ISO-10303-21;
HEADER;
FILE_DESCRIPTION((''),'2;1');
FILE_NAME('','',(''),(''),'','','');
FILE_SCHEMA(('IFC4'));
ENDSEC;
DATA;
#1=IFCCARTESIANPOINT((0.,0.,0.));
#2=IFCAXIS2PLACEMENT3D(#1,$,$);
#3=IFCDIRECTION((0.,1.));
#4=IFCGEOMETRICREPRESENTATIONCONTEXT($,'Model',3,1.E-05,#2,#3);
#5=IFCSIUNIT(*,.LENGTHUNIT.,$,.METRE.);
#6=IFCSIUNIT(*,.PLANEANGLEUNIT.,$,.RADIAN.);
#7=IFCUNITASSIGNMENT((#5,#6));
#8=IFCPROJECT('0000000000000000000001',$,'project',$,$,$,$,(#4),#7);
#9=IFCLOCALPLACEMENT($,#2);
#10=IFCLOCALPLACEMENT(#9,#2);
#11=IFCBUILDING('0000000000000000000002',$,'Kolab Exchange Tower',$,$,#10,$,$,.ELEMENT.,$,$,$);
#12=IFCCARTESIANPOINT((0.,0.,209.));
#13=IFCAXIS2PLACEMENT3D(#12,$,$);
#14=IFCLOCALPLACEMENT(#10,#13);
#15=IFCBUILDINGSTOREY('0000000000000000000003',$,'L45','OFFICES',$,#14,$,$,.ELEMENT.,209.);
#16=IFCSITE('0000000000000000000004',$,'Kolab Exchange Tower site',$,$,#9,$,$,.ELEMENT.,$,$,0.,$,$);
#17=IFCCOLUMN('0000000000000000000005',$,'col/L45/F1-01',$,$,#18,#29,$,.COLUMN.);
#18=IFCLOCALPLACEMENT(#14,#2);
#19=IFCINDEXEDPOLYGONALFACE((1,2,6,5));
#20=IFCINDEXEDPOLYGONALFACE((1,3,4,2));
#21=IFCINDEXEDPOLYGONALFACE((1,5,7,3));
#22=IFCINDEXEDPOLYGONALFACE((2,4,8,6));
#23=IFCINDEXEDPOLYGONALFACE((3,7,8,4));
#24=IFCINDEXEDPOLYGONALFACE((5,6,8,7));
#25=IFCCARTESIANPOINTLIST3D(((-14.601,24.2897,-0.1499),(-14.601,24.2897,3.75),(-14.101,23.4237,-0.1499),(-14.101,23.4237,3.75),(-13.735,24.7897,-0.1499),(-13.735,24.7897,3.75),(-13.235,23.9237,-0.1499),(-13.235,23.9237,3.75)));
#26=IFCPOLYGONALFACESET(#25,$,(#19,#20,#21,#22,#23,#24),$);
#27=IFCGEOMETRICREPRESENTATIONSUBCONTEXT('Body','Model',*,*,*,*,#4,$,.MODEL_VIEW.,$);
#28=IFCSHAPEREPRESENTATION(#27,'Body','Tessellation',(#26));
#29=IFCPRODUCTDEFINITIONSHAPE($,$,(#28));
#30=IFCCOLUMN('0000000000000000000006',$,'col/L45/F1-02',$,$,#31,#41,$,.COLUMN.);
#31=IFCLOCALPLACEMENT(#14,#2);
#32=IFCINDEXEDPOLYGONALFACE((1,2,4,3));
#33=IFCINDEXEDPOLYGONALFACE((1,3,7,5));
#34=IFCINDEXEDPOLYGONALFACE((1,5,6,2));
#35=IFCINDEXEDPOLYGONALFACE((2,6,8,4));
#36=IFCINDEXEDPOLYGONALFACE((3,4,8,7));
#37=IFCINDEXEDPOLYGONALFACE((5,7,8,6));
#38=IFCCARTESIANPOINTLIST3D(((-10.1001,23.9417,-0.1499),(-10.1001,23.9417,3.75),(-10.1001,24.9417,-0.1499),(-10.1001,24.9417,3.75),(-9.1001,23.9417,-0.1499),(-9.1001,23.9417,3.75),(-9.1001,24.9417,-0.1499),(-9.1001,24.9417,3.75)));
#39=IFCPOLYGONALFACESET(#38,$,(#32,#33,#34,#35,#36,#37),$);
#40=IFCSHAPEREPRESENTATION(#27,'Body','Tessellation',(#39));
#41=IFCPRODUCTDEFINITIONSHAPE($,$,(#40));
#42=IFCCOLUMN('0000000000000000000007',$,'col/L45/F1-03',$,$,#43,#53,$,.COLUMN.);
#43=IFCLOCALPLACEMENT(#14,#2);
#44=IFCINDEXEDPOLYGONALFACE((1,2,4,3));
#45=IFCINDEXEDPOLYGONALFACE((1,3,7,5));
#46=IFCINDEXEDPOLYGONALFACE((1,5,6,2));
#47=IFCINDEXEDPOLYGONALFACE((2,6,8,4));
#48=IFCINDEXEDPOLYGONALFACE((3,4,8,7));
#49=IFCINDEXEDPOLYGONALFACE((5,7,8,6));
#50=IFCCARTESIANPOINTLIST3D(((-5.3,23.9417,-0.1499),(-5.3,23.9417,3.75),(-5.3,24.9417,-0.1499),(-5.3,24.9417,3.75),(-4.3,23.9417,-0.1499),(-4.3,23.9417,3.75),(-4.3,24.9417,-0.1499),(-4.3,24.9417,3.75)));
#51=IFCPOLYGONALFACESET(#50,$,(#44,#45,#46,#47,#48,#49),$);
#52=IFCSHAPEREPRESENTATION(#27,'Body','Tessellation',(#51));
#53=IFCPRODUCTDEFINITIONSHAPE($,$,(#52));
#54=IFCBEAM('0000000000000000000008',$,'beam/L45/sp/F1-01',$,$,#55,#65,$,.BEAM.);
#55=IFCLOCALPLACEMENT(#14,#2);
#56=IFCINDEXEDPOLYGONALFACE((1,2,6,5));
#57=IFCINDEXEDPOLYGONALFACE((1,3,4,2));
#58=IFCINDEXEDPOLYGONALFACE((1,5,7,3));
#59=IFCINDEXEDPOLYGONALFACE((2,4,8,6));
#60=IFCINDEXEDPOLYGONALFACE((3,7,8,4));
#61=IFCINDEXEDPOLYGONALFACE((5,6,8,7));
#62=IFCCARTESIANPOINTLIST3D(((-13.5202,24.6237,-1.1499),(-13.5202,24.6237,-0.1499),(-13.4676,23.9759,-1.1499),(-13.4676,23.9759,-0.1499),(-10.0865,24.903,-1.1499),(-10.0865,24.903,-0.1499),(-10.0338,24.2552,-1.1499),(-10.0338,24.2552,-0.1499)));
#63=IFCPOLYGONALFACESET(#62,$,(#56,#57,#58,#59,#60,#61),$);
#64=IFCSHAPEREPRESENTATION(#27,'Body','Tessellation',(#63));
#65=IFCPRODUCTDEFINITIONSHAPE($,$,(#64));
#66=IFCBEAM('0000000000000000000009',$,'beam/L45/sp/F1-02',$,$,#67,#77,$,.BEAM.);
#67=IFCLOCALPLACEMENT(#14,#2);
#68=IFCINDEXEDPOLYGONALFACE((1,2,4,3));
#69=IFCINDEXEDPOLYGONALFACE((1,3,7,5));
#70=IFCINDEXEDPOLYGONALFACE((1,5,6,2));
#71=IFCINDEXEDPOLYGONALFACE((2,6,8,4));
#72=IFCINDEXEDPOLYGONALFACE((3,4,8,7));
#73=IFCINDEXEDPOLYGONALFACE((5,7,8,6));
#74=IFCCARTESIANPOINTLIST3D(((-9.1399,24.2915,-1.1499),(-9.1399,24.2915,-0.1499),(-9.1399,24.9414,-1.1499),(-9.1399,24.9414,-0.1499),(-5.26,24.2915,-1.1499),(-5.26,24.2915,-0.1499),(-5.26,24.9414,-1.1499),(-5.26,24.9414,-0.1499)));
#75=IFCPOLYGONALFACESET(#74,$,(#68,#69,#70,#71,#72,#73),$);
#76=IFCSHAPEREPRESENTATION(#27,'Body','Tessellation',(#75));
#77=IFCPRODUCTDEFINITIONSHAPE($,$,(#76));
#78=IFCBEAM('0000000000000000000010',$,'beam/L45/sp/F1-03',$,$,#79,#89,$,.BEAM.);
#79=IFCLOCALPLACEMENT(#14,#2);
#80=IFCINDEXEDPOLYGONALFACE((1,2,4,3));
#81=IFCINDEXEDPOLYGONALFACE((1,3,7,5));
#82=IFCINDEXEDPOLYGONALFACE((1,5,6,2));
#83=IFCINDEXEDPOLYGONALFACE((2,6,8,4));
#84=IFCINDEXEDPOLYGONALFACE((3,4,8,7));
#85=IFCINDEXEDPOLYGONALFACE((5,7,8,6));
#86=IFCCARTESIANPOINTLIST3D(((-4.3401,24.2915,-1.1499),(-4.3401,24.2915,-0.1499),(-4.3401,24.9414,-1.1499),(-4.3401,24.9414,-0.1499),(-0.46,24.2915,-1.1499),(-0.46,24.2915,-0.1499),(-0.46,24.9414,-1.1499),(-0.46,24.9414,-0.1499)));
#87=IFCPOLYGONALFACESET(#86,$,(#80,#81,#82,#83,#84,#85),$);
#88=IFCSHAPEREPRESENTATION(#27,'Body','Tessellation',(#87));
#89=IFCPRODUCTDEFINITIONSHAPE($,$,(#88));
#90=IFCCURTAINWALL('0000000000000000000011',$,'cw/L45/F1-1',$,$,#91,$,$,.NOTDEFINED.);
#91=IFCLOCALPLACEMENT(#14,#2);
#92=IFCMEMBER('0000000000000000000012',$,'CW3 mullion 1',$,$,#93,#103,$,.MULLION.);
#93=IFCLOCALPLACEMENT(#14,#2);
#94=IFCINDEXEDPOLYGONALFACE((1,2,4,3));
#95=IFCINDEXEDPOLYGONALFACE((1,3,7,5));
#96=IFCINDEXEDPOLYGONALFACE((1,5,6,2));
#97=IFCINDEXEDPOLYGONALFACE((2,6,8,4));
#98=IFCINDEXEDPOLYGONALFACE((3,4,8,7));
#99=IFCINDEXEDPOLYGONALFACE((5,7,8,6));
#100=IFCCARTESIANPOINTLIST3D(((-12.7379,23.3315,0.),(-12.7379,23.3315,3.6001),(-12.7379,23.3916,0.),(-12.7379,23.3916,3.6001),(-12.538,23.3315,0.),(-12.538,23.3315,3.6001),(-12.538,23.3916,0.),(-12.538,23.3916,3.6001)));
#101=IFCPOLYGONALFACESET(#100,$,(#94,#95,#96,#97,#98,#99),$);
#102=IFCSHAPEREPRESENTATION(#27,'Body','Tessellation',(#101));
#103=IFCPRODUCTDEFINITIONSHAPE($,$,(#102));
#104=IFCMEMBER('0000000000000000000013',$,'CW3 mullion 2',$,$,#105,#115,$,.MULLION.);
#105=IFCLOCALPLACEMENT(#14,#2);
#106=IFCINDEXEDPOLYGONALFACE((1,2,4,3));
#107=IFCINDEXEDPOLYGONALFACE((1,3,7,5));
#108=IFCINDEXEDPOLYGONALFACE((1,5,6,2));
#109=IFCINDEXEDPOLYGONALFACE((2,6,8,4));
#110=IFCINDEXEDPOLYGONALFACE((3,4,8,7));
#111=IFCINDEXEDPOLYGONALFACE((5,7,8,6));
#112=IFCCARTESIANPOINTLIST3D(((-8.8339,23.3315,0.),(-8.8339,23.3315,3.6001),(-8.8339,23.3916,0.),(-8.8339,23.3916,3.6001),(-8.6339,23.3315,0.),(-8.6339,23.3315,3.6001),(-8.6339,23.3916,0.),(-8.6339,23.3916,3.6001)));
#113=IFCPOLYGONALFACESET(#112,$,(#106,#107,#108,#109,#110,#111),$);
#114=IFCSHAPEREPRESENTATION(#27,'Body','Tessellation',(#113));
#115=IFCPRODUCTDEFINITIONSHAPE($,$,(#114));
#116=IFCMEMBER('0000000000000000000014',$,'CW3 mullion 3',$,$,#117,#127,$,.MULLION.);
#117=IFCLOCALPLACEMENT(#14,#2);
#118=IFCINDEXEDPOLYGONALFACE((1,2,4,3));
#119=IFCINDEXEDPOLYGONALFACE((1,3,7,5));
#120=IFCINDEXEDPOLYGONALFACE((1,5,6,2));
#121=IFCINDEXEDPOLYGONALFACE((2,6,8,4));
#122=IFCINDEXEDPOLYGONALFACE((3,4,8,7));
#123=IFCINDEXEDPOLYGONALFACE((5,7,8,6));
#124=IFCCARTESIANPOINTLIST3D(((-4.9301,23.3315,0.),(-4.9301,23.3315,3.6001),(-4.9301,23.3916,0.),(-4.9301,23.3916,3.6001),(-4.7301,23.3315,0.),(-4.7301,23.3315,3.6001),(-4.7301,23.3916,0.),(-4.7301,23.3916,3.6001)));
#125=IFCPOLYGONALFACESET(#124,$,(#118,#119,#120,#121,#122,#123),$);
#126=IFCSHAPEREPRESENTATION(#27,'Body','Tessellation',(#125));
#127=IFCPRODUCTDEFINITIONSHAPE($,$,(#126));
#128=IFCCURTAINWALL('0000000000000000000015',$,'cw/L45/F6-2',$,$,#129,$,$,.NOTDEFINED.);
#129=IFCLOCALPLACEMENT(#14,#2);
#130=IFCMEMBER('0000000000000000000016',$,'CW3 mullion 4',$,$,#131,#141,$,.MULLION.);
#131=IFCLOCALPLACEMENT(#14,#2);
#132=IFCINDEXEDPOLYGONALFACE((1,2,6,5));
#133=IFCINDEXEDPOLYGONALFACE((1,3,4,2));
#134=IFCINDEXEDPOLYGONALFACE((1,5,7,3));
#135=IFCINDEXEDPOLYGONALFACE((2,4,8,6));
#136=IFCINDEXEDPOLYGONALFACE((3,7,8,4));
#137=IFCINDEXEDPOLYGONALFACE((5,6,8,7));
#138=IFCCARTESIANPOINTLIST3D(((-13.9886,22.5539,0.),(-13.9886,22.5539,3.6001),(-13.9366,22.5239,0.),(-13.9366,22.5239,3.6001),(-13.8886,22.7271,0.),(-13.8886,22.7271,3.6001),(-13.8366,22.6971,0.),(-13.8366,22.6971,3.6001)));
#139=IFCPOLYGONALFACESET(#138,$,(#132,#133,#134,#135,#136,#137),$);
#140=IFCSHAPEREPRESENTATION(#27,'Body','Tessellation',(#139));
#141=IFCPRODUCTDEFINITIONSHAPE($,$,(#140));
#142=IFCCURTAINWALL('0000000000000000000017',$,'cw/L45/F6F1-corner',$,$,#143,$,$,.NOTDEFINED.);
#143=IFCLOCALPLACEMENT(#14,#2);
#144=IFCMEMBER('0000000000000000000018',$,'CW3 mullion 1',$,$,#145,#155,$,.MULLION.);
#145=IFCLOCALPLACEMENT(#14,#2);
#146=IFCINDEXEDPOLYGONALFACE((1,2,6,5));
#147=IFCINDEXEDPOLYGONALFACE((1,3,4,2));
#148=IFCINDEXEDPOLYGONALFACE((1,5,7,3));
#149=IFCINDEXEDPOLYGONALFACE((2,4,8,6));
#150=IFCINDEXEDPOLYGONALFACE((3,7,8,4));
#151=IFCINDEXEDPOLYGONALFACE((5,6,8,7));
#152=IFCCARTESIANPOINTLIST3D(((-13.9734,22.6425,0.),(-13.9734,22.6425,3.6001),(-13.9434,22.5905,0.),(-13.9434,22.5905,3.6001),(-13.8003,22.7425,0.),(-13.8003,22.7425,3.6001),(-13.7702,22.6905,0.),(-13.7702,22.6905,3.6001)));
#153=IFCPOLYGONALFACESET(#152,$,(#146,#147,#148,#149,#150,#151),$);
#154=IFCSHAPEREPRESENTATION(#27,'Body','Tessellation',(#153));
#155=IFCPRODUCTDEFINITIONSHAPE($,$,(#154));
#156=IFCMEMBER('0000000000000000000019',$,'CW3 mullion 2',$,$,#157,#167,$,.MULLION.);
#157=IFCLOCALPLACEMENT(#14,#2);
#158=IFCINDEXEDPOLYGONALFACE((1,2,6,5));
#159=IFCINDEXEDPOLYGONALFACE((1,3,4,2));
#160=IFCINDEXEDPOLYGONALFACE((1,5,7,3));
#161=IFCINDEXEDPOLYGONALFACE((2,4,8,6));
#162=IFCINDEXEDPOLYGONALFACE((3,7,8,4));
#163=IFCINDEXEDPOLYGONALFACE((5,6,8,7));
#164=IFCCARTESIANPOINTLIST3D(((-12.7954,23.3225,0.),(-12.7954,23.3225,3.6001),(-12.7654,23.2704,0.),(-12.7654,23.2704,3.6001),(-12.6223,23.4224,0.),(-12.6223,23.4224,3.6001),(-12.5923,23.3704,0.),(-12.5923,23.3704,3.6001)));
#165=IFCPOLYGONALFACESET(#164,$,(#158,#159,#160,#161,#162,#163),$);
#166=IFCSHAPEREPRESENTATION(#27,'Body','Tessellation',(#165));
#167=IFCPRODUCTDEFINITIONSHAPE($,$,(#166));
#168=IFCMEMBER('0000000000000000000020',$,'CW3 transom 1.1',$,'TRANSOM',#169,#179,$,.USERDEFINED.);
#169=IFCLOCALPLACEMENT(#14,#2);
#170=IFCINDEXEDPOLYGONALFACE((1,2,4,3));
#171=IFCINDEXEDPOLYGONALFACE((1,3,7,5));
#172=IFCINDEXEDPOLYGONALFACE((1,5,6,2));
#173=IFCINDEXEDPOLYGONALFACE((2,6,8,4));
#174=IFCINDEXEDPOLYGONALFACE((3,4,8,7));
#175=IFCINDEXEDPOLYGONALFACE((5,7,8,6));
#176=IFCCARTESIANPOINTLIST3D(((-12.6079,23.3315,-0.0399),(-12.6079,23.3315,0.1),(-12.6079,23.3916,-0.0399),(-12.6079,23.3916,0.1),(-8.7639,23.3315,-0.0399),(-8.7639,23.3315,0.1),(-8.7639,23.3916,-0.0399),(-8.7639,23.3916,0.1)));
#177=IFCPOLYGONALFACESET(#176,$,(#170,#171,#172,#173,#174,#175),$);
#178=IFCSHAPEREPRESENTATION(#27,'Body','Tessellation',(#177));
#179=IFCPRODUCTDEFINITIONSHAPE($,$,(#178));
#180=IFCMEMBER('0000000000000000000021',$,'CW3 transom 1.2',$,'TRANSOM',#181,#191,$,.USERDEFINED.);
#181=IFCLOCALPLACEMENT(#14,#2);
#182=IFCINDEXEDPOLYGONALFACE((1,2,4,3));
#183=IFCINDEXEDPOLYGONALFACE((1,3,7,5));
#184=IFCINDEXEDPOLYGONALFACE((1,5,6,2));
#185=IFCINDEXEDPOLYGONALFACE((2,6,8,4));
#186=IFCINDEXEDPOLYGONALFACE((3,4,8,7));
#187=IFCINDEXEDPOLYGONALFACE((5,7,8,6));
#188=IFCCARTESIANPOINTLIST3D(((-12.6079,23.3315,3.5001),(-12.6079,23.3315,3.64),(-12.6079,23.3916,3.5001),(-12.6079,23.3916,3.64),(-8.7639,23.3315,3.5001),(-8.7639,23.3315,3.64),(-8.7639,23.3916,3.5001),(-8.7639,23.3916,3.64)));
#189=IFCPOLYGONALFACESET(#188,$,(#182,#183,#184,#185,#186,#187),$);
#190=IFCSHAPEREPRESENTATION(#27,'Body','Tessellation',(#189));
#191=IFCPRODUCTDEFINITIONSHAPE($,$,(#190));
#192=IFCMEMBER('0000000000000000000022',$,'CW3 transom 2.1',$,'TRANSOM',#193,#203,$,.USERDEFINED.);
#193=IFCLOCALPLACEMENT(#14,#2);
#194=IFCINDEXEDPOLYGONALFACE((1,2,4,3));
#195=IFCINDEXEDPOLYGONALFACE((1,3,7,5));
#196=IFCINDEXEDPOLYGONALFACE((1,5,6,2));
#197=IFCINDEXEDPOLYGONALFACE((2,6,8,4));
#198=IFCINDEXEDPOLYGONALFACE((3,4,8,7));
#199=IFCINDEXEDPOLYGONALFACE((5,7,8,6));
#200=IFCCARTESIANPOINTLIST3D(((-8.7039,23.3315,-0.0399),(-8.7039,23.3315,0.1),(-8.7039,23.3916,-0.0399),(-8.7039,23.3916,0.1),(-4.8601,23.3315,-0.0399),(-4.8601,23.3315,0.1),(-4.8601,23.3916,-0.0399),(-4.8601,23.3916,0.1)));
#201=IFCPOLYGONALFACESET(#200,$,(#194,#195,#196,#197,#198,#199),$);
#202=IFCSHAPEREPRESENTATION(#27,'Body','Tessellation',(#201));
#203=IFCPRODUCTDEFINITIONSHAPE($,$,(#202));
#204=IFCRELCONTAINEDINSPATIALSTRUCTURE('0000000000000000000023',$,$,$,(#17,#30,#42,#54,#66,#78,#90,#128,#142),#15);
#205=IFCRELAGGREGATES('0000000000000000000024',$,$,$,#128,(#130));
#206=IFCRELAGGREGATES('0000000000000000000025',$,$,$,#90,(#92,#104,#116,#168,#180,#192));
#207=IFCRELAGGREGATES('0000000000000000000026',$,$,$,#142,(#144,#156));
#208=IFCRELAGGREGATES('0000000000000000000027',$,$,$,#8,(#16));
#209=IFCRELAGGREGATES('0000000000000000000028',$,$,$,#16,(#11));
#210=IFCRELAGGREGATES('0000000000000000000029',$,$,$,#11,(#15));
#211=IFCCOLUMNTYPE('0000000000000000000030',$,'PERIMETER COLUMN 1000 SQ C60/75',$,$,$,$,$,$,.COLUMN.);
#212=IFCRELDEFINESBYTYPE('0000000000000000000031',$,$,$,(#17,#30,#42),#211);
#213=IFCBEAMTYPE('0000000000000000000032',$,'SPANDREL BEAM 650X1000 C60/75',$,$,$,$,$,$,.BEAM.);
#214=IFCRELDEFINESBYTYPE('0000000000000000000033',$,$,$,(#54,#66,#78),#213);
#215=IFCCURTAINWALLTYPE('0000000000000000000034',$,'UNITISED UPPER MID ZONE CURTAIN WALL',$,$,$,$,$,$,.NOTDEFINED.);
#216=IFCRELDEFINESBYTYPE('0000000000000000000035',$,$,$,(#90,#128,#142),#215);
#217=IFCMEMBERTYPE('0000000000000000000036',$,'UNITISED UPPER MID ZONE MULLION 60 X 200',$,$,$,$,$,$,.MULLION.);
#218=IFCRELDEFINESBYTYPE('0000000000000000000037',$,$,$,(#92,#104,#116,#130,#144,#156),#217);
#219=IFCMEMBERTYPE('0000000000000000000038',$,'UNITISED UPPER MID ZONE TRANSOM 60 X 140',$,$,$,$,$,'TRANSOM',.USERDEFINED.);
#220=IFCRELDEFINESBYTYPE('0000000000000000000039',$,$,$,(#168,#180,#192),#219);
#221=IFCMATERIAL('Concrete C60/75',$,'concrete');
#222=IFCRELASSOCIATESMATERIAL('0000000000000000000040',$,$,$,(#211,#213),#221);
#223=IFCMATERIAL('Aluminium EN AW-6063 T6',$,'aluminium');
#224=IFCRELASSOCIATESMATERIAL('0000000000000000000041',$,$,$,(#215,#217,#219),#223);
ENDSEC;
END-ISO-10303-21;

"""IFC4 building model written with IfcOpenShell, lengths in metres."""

from ifc_helpers import new_model, si_unit, direction, frame, origin, origin_2d, place, context, subcontext, project, spatial, rectangle, extrude, material, material_profile, profile_set, type_object, element, aggregate, save


model = new_model("IFC4")

# Units and contexts
model_context = context("Model", 3, precision=1e-05, world=origin(), true_north=direction((0.0, 1.0)))
body_context = subcontext(model_context, "Body", "Model", "MODEL_VIEW")
ifc_project = project(units=[si_unit("LENGTHUNIT", "METRE"), si_unit("PLANEANGLEUNIT", "RADIAN")], contexts=[model_context])

# Site, building, storey
site_placement = place(None, origin())
site = spatial("IfcSite", under=ifc_project, at=site_placement, Name="Kolab Exchange Tower site", CompositionType="ELEMENT", RefElevation=0.0)
building_placement = place(site_placement, origin())
building = spatial("IfcBuilding", under=site, at=building_placement, Name="Kolab Exchange Tower", CompositionType="ELEMENT")
storey_placement = place(building_placement, frame((0.0, 0.0, 209.0)))
storey = spatial("IfcBuildingStorey", under=building, at=storey_placement, Name="L45", Description="OFFICES", CompositionType="ELEMENT", Elevation=209.0)

# Columns
ifc_material_1 = material(Name="Concrete C60/75", Category="concrete")
ifc_material_profile_1 = material_profile(ifc_material_1, rectangle(XDim=1.0, YDim=1.0, at=origin_2d()), Name="RC1000")
ifc_profile_set_1 = profile_set([ifc_material_profile_1], Name="Concrete C60/75")
column_type = type_object("IfcColumnType", Name="PERIMETER COLUMN 1000 SQ C60/75", PredefinedType="COLUMN", material=ifc_profile_set_1)
for number, where, z_axis, x_axis, name in (
    (1, (-13.918, 24.1067, -0.1499), (0.0, 0.0, 1.0), (0.866025, 0.5, 0.0), "col/L45/F1-01"),
    (2, (-9.6001, 24.4417, -0.1499), (0.0, 0.0, 1.0), (1.0, 0.0, 0.0), "col/L45/F1-02"),
    (3, (-4.8, 24.4417, -0.1499), (0.0, 0.0, 1.0), (1.0, 0.0, 0.0), "col/L45/F1-03"),
):
    element("IfcColumn", number, at=place(storey_placement, frame(where, z_axis=z_axis, x_axis=x_axis)), inside=storey, type_object=column_type, Name=name, PredefinedType="COLUMN", context=body_context, shape_type="SweptSolid", body=[
        extrude(rectangle(XDim=1.0, YDim=1.0, at=origin_2d()), origin(), (0.0, 0.0, 1.0), 3.8999),
    ])

# Beams
ifc_material_profile_2 = material_profile(ifc_material_1, rectangle(XDim=0.6499, YDim=1.0, at=origin_2d()), Name="RC650X1000")
ifc_profile_set_2 = profile_set([ifc_material_profile_2], Name="Concrete C60/75")
beam_type = type_object("IfcBeamType", Name="SPANDREL BEAM 650X1000 C60/75", PredefinedType="BEAM", material=ifc_profile_set_2)
beam_1_placement = place(storey_placement, frame((-13.4939, 24.2998, -0.6499), z_axis=(0.996708, 0.081069, 0.0), x_axis=(-0.081069, 0.996708, 0.0)))
element("IfcBeam", 4, at=beam_1_placement, inside=storey, type_object=beam_type, Name="beam/L45/sp/F1-01", PredefinedType="BEAM", context=body_context, shape_type="SweptSolid", body=[
    extrude(rectangle(XDim=0.6499, YDim=1.0, at=origin_2d()), origin(), (0.0, 0.0, 1.0), 3.4451),
])
beam_2_placement = place(storey_placement, frame((-9.1399, 24.6165, -0.6499), z_axis=(1.0, 0.0, 0.0), x_axis=(0.0, 1.0, 0.0)))
element("IfcBeam", 5, at=beam_2_placement, inside=storey, type_object=beam_type, Name="beam/L45/sp/F1-02", PredefinedType="BEAM", context=body_context, shape_type="SweptSolid", body=[
    extrude(rectangle(XDim=0.6499, YDim=1.0, at=origin_2d()), origin(), (0.0, 0.0, 1.0), 3.8799),
])
beam_3_placement = place(storey_placement, frame((-4.3401, 24.6165, -0.6499), z_axis=(1.0, 0.0, 0.0), x_axis=(0.0, 1.0, 0.0)))
element("IfcBeam", 6, at=beam_3_placement, inside=storey, type_object=beam_type, Name="beam/L45/sp/F1-03", PredefinedType="BEAM", context=body_context, shape_type="SweptSolid", body=[
    extrude(rectangle(XDim=0.6499, YDim=1.0, at=origin_2d()), origin(), (0.0, 0.0, 1.0), 3.8801),
])

# Curtain wall, members
ifc_material_2 = material(Name="Aluminium EN AW-6063 T6", Category="aluminium")
curtain_wall_type = type_object("IfcCurtainWallType", Name="UNITISED UPPER MID ZONE CURTAIN WALL", PredefinedType="NOTDEFINED", material=ifc_material_2)
curtain_wall_1_placement = place(storey_placement, origin())
curtain_wall_1 = element("IfcCurtainWall", 7, at=curtain_wall_1_placement, inside=storey, type_object=curtain_wall_type, Name="cw/L45/F1-1", PredefinedType="NOTDEFINED")
ifc_material_profile_3 = material_profile(ifc_material_2, rectangle(XDim=0.0601, YDim=0.2, at=origin_2d()), Name="RECT 60X200")
ifc_profile_set_3 = profile_set([ifc_material_profile_3], Name="Aluminium EN AW-6063 T6")
member_type_1 = type_object("IfcMemberType", Name="UNITISED UPPER MID ZONE MULLION 60 X 200", PredefinedType="MULLION", material=ifc_profile_set_3)
member_1_placement = place(storey_placement, frame((-12.6379, 23.3616, 0.0), z_axis=(0.0, 0.0, 1.0), x_axis=(0.0, 1.0, 0.0)))
member_1 = element("IfcMember", 8, at=member_1_placement, type_object=member_type_1, Name="CW3 mullion 1", PredefinedType="MULLION", context=body_context, shape_type="SweptSolid", body=[
    extrude(rectangle(XDim=0.0601, YDim=0.2, at=origin_2d()), origin(), (0.0, 0.0, 1.0), 3.6001),
])
member_2_placement = place(storey_placement, frame((-8.7339, 23.3616, 0.0), z_axis=(0.0, 0.0, 1.0), x_axis=(0.0, 1.0, 0.0)))
member_2 = element("IfcMember", 9, at=member_2_placement, type_object=member_type_1, Name="CW3 mullion 2", PredefinedType="MULLION", context=body_context, shape_type="SweptSolid", body=[
    extrude(rectangle(XDim=0.0601, YDim=0.2, at=origin_2d()), origin(), (0.0, 0.0, 1.0), 3.6001),
])
member_3_placement = place(storey_placement, frame((-4.8301, 23.3616, 0.0), z_axis=(0.0, 0.0, 1.0), x_axis=(0.0, 1.0, 0.0)))
member_3 = element("IfcMember", 10, at=member_3_placement, type_object=member_type_1, Name="CW3 mullion 3", PredefinedType="MULLION", context=body_context, shape_type="SweptSolid", body=[
    extrude(rectangle(XDim=0.0601, YDim=0.2, at=origin_2d()), origin(), (0.0, 0.0, 1.0), 3.6001),
])

# Curtain wall, member
curtain_wall_2_placement = place(storey_placement, origin())
curtain_wall_2 = element("IfcCurtainWall", 11, at=curtain_wall_2_placement, inside=storey, type_object=curtain_wall_type, Name="cw/L45/F6-2", PredefinedType="NOTDEFINED")
member_4_placement = place(storey_placement, frame((-13.9126, 22.6255, 0.0), z_axis=(0.0, 0.0, 1.0), x_axis=(-0.866025, 0.5, 0.0)))
member_4 = element("IfcMember", 12, at=member_4_placement, type_object=member_type_1, Name="CW3 mullion 4", PredefinedType="MULLION", context=body_context, shape_type="SweptSolid", body=[
    extrude(rectangle(XDim=0.0601, YDim=0.2, at=origin_2d()), origin(), (0.0, 0.0, 1.0), 3.6001),
])
aggregate(curtain_wall_2, [member_4])

# Curtain wall, members
curtain_wall_3_placement = place(storey_placement, origin())
curtain_wall_3 = element("IfcCurtainWall", 13, at=curtain_wall_3_placement, inside=storey, type_object=curtain_wall_type, Name="cw/L45/F6F1-corner", PredefinedType="NOTDEFINED")
member_5_placement = place(storey_placement, frame((-13.8718, 22.6665, 0.0), z_axis=(0.0, 0.0, 1.0), x_axis=(-0.5, 0.866025, 0.0)))
member_5 = element("IfcMember", 14, at=member_5_placement, type_object=member_type_1, Name="CW3 mullion 1", PredefinedType="MULLION", context=body_context, shape_type="SweptSolid", body=[
    extrude(rectangle(XDim=0.0601, YDim=0.2, at=origin_2d()), origin(), (0.0, 0.0, 1.0), 3.6001),
])
member_6_placement = place(storey_placement, frame((-12.6938, 23.3464, 0.0), z_axis=(0.0, 0.0, 1.0), x_axis=(-0.5, 0.866025, 0.0)))
member_6 = element("IfcMember", 15, at=member_6_placement, type_object=member_type_1, Name="CW3 mullion 2", PredefinedType="MULLION", context=body_context, shape_type="SweptSolid", body=[
    extrude(rectangle(XDim=0.0601, YDim=0.2, at=origin_2d()), origin(), (0.0, 0.0, 1.0), 3.6001),
])

# Members
ifc_material_profile_4 = material_profile(ifc_material_2, rectangle(XDim=0.0601, YDim=0.1399, at=origin_2d()), Name="RECT 60X140")
ifc_profile_set_4 = profile_set([ifc_material_profile_4], Name="Aluminium EN AW-6063 T6")
member_type_2 = type_object("IfcMemberType", Name="UNITISED UPPER MID ZONE TRANSOM 60 X 140", ElementType="TRANSOM", PredefinedType="USERDEFINED", material=ifc_profile_set_4)
member_7_placement = place(storey_placement, frame((-12.6079, 23.3616, 0.03), z_axis=(1.0, 0.0, 0.0), x_axis=(0.0, 1.0, 0.0)))
member_7 = element("IfcMember", 16, at=member_7_placement, type_object=member_type_2, Name="CW3 transom 1.1", ObjectType="TRANSOM", PredefinedType="USERDEFINED", context=body_context, shape_type="SweptSolid", body=[
    extrude(rectangle(XDim=0.0601, YDim=0.1399, at=origin_2d()), origin(), (0.0, 0.0, 1.0), 3.844),
])
member_8_placement = place(storey_placement, frame((-12.6079, 23.3616, 3.5701), z_axis=(1.0, 0.0, 0.0), x_axis=(0.0, 1.0, 0.0)))
member_8 = element("IfcMember", 17, at=member_8_placement, type_object=member_type_2, Name="CW3 transom 1.2", ObjectType="TRANSOM", PredefinedType="USERDEFINED", context=body_context, shape_type="SweptSolid", body=[
    extrude(rectangle(XDim=0.0601, YDim=0.1399, at=origin_2d()), origin(), (0.0, 0.0, 1.0), 3.844),
])
member_9_placement = place(storey_placement, frame((-8.7039, 23.3616, 0.03), z_axis=(1.0, 0.0, 0.0), x_axis=(0.0, 1.0, 0.0)))
member_9 = element("IfcMember", 18, at=member_9_placement, type_object=member_type_2, Name="CW3 transom 2.1", ObjectType="TRANSOM", PredefinedType="USERDEFINED", context=body_context, shape_type="SweptSolid", body=[
    extrude(rectangle(XDim=0.0601, YDim=0.1399, at=origin_2d()), origin(), (0.0, 0.0, 1.0), 3.8438),
])

aggregate(curtain_wall_1, [member_1, member_2, member_3, member_7, member_8, member_9])
aggregate(curtain_wall_3, [member_5, member_6])

save(model, "model.ifc")
